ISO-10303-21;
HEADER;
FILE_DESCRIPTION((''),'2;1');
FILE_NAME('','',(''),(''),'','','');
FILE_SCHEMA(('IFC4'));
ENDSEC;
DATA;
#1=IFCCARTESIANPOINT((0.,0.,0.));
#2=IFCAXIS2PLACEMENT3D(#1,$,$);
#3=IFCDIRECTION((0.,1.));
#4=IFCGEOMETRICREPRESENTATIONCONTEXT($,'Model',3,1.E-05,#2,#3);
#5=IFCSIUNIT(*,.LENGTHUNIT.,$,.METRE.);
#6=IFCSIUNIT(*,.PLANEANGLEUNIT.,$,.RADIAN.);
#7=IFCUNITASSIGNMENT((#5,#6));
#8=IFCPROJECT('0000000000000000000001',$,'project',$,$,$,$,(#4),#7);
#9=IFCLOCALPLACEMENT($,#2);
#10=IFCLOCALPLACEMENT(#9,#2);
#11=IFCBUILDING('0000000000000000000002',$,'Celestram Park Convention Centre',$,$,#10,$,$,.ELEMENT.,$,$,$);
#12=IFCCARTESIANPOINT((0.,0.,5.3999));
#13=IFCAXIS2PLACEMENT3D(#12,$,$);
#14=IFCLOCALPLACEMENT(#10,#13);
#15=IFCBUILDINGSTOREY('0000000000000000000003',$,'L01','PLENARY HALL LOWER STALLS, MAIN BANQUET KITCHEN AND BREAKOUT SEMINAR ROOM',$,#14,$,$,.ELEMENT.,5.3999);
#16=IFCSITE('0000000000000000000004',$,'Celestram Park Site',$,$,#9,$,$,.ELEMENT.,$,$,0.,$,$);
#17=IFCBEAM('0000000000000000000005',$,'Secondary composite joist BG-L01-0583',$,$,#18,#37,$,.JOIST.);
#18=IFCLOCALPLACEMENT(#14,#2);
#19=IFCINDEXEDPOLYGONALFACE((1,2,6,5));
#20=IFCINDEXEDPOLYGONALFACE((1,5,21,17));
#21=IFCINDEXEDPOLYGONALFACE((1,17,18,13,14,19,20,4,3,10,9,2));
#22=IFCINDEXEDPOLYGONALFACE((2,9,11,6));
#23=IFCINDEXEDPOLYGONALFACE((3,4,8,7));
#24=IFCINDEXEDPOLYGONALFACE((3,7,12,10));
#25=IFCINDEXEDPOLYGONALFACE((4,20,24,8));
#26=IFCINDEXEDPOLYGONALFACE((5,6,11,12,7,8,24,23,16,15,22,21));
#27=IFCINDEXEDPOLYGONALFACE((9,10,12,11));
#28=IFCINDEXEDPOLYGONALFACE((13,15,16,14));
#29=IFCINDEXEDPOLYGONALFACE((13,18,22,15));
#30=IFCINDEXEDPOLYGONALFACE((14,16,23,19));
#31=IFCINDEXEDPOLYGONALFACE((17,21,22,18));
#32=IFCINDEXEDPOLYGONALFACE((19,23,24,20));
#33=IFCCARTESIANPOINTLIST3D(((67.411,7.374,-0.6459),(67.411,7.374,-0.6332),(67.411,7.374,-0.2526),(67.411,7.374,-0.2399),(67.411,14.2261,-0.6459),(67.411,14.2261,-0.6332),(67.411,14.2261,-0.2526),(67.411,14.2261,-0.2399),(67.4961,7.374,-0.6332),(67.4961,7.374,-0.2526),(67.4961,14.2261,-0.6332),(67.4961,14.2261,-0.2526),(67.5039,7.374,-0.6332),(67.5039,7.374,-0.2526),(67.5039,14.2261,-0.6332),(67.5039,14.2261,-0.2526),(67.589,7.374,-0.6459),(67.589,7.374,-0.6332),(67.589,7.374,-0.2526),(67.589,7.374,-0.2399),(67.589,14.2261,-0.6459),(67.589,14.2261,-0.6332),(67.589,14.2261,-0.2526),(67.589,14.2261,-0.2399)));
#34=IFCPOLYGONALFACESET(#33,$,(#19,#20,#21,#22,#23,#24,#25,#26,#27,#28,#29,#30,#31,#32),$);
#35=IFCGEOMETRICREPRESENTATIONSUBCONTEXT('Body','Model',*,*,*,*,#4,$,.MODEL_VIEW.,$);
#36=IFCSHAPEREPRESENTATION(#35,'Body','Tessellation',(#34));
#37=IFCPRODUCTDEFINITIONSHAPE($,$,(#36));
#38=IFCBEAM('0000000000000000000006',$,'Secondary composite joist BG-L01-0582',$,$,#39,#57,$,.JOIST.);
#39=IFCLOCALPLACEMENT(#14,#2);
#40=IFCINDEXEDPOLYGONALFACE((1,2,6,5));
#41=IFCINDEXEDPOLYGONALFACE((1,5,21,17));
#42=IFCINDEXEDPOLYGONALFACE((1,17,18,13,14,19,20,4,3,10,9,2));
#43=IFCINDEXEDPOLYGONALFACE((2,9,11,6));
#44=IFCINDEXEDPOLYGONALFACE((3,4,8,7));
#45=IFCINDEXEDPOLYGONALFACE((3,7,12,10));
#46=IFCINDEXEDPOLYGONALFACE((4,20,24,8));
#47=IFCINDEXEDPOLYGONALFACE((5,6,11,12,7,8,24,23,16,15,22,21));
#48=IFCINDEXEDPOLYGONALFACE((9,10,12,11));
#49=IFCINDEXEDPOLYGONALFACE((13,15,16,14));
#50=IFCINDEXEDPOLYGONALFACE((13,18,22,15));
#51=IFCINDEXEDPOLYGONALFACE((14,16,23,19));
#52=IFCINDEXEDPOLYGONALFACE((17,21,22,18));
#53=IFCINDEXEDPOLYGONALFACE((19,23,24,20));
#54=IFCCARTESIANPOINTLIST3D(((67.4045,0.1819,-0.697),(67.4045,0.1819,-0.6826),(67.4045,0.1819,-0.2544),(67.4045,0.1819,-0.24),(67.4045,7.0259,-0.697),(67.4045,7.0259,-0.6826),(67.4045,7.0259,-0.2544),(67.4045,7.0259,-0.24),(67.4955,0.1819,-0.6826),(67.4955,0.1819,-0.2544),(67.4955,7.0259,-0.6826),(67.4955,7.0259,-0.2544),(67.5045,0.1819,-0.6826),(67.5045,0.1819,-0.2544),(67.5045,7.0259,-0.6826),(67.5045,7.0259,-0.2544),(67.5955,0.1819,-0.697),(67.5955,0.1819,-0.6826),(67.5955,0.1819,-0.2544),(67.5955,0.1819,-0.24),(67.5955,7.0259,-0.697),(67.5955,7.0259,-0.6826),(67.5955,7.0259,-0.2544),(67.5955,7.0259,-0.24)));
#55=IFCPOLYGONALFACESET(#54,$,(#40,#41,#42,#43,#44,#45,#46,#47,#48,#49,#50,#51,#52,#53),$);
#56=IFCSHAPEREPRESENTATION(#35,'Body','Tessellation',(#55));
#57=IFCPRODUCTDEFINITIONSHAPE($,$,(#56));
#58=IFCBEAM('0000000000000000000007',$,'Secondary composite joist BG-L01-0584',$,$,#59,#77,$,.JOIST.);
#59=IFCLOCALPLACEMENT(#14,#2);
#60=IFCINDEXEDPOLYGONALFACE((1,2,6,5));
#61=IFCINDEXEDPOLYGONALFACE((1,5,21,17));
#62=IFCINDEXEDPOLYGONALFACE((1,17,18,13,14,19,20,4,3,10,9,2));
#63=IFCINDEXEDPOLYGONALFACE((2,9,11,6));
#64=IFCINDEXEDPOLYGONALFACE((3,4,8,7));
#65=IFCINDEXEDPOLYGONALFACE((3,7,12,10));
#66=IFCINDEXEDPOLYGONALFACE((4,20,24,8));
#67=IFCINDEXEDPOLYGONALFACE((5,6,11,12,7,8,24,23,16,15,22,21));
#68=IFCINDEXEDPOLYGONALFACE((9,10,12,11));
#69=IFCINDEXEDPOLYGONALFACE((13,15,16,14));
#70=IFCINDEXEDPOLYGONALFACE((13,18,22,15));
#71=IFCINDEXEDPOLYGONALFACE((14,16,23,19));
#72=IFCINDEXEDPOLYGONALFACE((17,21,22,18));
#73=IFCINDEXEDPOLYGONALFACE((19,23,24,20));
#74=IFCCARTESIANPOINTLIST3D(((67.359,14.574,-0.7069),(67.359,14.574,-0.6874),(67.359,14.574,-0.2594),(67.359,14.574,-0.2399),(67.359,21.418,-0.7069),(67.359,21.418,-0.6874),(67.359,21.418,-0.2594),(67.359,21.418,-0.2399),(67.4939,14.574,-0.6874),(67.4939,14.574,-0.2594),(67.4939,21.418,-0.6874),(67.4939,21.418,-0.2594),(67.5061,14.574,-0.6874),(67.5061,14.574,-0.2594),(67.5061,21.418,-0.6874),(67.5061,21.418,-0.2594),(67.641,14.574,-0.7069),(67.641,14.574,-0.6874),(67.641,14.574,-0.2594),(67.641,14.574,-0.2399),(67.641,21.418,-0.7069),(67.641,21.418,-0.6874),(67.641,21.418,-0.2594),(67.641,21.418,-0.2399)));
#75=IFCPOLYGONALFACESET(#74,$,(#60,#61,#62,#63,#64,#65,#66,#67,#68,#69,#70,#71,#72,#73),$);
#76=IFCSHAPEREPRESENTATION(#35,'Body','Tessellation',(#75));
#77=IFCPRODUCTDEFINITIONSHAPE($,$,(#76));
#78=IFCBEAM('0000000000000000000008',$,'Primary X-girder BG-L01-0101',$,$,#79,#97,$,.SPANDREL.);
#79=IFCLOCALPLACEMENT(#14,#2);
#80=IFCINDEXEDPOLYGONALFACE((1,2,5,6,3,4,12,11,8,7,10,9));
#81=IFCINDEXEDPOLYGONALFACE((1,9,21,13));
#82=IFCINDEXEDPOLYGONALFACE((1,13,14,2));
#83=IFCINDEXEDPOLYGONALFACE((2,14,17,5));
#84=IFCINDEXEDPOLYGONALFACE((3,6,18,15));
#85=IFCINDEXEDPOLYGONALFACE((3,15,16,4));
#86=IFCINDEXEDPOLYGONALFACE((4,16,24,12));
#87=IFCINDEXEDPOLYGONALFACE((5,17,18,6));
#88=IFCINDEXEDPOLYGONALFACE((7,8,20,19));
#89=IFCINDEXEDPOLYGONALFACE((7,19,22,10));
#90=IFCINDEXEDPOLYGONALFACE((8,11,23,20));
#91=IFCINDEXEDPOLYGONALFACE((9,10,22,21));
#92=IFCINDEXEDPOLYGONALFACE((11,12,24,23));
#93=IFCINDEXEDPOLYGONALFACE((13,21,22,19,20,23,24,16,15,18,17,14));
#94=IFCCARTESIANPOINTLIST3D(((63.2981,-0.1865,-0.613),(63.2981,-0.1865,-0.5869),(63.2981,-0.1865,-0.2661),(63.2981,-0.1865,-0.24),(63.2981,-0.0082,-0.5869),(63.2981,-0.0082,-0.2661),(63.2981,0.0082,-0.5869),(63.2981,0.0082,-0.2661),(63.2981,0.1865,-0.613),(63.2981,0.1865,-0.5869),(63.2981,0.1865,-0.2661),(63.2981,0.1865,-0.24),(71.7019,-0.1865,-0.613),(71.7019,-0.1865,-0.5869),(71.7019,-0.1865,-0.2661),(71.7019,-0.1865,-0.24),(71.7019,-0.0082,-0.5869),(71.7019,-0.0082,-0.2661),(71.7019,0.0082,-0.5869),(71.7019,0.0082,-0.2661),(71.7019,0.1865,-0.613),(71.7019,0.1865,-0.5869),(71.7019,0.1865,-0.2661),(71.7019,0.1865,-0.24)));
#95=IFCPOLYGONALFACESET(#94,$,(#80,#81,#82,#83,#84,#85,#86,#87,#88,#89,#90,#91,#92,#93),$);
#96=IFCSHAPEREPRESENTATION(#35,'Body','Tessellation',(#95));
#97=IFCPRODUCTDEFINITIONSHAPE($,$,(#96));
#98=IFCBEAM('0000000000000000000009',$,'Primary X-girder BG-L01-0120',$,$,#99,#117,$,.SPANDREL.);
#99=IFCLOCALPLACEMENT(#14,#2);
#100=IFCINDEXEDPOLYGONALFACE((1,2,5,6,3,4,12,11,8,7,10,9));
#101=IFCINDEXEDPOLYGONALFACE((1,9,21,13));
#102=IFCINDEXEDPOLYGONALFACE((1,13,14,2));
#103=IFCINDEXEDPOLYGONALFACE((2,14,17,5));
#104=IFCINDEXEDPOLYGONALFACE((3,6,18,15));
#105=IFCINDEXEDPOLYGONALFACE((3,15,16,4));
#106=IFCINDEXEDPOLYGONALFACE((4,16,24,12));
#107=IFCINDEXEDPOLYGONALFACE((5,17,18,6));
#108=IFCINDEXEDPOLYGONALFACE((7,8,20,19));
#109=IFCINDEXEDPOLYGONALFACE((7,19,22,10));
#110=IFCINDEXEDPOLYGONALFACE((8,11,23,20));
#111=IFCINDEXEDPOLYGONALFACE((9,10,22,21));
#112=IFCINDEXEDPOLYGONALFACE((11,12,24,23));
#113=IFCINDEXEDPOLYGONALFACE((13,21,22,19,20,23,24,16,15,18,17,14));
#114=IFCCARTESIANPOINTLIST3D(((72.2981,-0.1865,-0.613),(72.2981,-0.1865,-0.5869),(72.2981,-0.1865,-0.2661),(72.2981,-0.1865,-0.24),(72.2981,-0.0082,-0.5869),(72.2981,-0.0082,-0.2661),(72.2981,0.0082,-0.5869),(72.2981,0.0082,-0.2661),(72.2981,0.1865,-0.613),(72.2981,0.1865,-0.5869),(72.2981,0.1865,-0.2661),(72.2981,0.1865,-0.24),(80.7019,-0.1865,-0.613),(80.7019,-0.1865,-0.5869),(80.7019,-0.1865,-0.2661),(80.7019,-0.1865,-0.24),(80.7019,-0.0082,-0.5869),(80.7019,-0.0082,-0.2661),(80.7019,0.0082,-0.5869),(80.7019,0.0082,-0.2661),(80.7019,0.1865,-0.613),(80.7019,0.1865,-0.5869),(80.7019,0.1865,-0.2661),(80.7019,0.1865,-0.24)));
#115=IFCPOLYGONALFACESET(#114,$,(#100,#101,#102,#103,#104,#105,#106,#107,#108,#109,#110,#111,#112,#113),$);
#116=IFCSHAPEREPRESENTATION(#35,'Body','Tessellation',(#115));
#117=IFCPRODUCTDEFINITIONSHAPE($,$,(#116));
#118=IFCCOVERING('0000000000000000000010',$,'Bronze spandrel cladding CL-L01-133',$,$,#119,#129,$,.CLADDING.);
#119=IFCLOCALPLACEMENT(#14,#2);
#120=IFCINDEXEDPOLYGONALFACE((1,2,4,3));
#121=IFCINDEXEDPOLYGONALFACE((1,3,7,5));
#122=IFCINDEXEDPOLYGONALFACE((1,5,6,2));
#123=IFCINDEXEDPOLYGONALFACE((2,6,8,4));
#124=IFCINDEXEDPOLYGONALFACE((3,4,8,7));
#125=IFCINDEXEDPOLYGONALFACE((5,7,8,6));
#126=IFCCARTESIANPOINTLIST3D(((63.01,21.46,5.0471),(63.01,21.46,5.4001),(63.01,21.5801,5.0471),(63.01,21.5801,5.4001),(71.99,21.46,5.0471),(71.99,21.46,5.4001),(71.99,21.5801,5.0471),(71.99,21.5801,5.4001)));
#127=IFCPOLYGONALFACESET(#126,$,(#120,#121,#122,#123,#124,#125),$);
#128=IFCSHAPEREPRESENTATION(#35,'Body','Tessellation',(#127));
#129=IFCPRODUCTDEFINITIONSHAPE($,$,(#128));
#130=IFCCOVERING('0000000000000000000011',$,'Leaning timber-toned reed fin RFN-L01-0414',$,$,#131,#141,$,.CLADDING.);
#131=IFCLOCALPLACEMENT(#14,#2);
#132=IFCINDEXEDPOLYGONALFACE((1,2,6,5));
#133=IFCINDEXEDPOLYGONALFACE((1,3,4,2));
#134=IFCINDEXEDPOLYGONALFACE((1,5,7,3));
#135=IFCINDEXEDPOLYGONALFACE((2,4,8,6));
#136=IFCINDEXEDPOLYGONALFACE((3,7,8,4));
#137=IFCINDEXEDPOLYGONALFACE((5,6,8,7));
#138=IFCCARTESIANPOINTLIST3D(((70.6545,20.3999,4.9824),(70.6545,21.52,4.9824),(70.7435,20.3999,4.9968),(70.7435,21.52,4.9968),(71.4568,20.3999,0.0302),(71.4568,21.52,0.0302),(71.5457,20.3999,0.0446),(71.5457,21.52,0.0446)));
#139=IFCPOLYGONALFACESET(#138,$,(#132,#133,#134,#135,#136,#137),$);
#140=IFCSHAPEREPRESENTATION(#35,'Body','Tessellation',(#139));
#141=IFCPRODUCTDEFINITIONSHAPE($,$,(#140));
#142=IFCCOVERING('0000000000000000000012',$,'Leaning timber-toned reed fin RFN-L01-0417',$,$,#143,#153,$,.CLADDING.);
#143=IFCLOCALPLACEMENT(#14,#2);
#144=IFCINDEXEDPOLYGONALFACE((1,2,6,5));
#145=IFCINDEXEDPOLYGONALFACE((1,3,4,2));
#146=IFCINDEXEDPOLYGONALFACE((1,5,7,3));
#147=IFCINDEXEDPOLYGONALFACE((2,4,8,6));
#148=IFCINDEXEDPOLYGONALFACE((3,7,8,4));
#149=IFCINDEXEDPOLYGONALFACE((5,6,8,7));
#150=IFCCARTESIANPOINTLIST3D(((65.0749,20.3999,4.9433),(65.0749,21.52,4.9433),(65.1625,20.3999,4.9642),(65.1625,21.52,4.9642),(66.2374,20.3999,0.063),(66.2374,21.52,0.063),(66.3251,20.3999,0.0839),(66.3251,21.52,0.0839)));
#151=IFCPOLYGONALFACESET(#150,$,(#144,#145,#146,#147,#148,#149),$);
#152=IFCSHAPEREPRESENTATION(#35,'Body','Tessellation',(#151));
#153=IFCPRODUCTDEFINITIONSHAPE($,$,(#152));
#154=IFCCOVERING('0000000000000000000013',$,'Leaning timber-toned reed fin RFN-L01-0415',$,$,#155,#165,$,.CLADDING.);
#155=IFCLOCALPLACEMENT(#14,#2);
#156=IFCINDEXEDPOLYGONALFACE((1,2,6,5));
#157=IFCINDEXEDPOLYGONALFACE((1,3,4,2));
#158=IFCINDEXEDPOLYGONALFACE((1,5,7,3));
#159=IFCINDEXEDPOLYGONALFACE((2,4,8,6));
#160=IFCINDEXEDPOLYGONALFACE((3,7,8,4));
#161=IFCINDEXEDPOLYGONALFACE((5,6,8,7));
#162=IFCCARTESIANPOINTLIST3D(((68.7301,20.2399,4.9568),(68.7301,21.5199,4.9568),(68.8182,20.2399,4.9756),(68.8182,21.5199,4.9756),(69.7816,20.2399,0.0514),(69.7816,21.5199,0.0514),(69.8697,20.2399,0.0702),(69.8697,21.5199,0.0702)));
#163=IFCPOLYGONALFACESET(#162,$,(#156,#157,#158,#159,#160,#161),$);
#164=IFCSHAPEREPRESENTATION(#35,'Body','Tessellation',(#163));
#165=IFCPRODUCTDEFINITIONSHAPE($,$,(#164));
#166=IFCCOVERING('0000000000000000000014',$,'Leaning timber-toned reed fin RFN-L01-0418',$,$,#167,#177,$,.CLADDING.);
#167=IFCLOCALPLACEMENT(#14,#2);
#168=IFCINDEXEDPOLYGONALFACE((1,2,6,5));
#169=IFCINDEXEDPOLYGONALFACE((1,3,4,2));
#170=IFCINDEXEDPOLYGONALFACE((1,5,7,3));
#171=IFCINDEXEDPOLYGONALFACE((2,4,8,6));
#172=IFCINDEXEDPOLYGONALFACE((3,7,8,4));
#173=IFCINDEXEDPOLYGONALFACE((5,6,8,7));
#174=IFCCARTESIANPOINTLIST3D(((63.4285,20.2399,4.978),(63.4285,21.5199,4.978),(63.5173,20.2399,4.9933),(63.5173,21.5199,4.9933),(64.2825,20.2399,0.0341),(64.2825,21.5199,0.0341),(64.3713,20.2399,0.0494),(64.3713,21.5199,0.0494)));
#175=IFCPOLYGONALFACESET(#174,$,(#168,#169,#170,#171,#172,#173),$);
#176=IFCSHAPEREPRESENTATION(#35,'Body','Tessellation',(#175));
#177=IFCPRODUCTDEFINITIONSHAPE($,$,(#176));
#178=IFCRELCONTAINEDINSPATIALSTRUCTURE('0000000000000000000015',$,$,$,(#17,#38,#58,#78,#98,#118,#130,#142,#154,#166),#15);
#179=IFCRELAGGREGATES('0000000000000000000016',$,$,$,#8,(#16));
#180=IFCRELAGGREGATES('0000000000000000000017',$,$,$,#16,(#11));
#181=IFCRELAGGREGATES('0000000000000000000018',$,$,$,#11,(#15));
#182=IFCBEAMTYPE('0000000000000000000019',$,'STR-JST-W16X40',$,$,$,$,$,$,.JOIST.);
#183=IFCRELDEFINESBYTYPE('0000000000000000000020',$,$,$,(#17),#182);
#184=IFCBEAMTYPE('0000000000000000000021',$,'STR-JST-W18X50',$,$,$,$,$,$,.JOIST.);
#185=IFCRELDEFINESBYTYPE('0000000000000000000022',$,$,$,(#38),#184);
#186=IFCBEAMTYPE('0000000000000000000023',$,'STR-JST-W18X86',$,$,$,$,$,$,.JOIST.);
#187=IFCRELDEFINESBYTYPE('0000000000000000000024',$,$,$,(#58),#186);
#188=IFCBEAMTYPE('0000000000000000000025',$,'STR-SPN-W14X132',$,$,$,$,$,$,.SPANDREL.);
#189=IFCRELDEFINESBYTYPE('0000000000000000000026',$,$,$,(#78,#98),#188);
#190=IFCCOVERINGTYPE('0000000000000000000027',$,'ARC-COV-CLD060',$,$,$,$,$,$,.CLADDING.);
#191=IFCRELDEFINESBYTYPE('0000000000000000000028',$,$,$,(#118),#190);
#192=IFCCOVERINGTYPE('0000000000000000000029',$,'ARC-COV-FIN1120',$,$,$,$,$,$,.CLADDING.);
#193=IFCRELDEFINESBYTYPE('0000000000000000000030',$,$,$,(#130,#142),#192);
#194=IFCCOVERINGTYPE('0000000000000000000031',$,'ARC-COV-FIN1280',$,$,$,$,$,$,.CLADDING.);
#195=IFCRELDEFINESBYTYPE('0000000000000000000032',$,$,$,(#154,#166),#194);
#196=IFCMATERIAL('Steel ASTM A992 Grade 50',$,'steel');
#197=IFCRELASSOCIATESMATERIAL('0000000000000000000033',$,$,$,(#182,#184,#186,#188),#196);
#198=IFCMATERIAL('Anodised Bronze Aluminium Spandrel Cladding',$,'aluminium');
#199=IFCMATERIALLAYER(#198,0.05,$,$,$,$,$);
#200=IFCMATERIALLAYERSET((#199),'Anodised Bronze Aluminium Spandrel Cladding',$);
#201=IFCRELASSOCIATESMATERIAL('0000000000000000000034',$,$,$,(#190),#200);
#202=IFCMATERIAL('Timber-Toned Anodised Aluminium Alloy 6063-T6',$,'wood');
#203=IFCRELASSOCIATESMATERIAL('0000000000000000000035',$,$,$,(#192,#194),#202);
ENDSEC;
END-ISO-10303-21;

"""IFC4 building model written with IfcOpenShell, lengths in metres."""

from ifc_helpers import new_model, si_unit, direction, frame, origin, origin_2d, place, context, subcontext, project, spatial, rectangle, i_section, extrude, material, layer, layer_set, material_profile, profile_set, type_object, element, save


model = new_model("IFC4")

# Units and contexts
model_context = context("Model", 3, precision=1e-05, world=origin(), true_north=direction((0.0, 1.0)))
body_context = subcontext(model_context, "Body", "Model", "MODEL_VIEW")
ifc_project = project(units=[si_unit("LENGTHUNIT", "METRE"), si_unit("PLANEANGLEUNIT", "RADIAN")], contexts=[model_context])

# Site, building, storey
site_placement = place(None, origin())
site = spatial("IfcSite", under=ifc_project, at=site_placement, Name="Celestram Park Site", CompositionType="ELEMENT", RefElevation=0.0)
building_placement = place(site_placement, origin())
building = spatial("IfcBuilding", under=site, at=building_placement, Name="Celestram Park Convention Centre", CompositionType="ELEMENT")
storey_placement = place(building_placement, frame((0.0, 0.0, 5.3999)))
storey = spatial("IfcBuildingStorey", under=building, at=storey_placement, Name="L01", Description="PLENARY HALL LOWER STALLS, MAIN BANQUET KITCHEN AND BREAKOUT SEMINAR ROOM", CompositionType="ELEMENT", Elevation=5.3999)

# Beams
ifc_material_1 = material(Name="Steel ASTM A992 Grade 50", Category="steel")
ifc_material_profile_1 = material_profile(ifc_material_1, i_section(OverallWidth=0.178, OverallDepth=0.406, WebThickness=0.0078, FlangeThickness=0.0127, at=origin_2d()), Name="W16X40")
ifc_profile_set_1 = profile_set([ifc_material_profile_1], Name="Steel ASTM A992 Grade 50")
beam_type_1 = type_object("IfcBeamType", Name="STR-JST-W16X40", PredefinedType="JOIST", material=ifc_profile_set_1)
beam_1_placement = place(storey_placement, frame((67.5, 7.374, -0.4429), z_axis=(0.0, 1.0, 0.0), x_axis=(-1.0, 0.0, 0.0)))
element("IfcBeam", 1, at=beam_1_placement, inside=storey, type_object=beam_type_1, Name="Secondary composite joist BG-L01-0583", PredefinedType="JOIST", context=body_context, shape_type="SweptSolid", body=[
    extrude(i_section(OverallWidth=0.178, OverallDepth=0.406, WebThickness=0.0078, FlangeThickness=0.0127, at=origin_2d()), origin(), (0.0, 0.0, 1.0), 6.8521),
])
ifc_material_profile_2 = material_profile(ifc_material_1, i_section(OverallWidth=0.1909, OverallDepth=0.457, WebThickness=0.009, FlangeThickness=0.0144, at=origin_2d()), Name="W18X50")
ifc_profile_set_2 = profile_set([ifc_material_profile_2], Name="Steel ASTM A992 Grade 50")
beam_type_2 = type_object("IfcBeamType", Name="STR-JST-W18X50", PredefinedType="JOIST", material=ifc_profile_set_2)
beam_2_placement = place(storey_placement, frame((67.5, 0.1819, -0.4685), z_axis=(0.0, 1.0, 0.0), x_axis=(-1.0, 0.0, 0.0)))
element("IfcBeam", 2, at=beam_2_placement, inside=storey, type_object=beam_type_2, Name="Secondary composite joist BG-L01-0582", PredefinedType="JOIST", context=body_context, shape_type="SweptSolid", body=[
    extrude(i_section(OverallWidth=0.1909, OverallDepth=0.457, WebThickness=0.009, FlangeThickness=0.0144, at=origin_2d()), origin(), (0.0, 0.0, 1.0), 6.844),
])
ifc_material_profile_3 = material_profile(ifc_material_1, i_section(OverallWidth=0.282, OverallDepth=0.467, WebThickness=0.0122, FlangeThickness=0.0195, at=origin_2d()), Name="W18X86")
ifc_profile_set_3 = profile_set([ifc_material_profile_3], Name="Steel ASTM A992 Grade 50")
beam_type_3 = type_object("IfcBeamType", Name="STR-JST-W18X86", PredefinedType="JOIST", material=ifc_profile_set_3)
beam_3_placement = place(storey_placement, frame((67.5, 14.574, -0.4734), z_axis=(0.0, 1.0, 0.0), x_axis=(-1.0, 0.0, 0.0)))
element("IfcBeam", 3, at=beam_3_placement, inside=storey, type_object=beam_type_3, Name="Secondary composite joist BG-L01-0584", PredefinedType="JOIST", context=body_context, shape_type="SweptSolid", body=[
    extrude(i_section(OverallWidth=0.282, OverallDepth=0.467, WebThickness=0.0122, FlangeThickness=0.0195, at=origin_2d()), origin(), (0.0, 0.0, 1.0), 6.844),
])
ifc_material_profile_4 = material_profile(ifc_material_1, i_section(OverallWidth=0.373, OverallDepth=0.373, WebThickness=0.0164, FlangeThickness=0.0261, at=origin_2d()), Name="W14X132")
ifc_profile_set_4 = profile_set([ifc_material_profile_4], Name="Steel ASTM A992 Grade 50")
beam_type_4 = type_object("IfcBeamType", Name="STR-SPN-W14X132", PredefinedType="SPANDREL", material=ifc_profile_set_4)
for number, where, z_axis, x_axis, name in (
    (4, (63.2981, 0.0, -0.4265), (1.0, 0.0, 0.0), (0.0, 1.0, 0.0), "Primary X-girder BG-L01-0101"),
    (5, (72.2981, 0.0, -0.4265), (1.0, 0.0, 0.0), (0.0, 1.0, 0.0), "Primary X-girder BG-L01-0120"),
):
    element("IfcBeam", number, at=place(storey_placement, frame(where, z_axis=z_axis, x_axis=x_axis)), inside=storey, type_object=beam_type_4, Name=name, PredefinedType="SPANDREL", context=body_context, shape_type="SweptSolid", body=[
        extrude(i_section(OverallWidth=0.373, OverallDepth=0.373, WebThickness=0.0164, FlangeThickness=0.0261, at=origin_2d()), origin(), (0.0, 0.0, 1.0), 8.4038),
    ])

# Coverings
ifc_material_2 = material(Name="Anodised Bronze Aluminium Spandrel Cladding", Category="aluminium")
ifc_layer = layer(ifc_material_2, 0.05)
ifc_layer_set = layer_set([ifc_layer], Name="Anodised Bronze Aluminium Spandrel Cladding")
covering_type_1 = type_object("IfcCoveringType", Name="ARC-COV-CLD060", PredefinedType="CLADDING", material=ifc_layer_set)
covering_1_placement = place(storey_placement, frame((67.5, 21.52, 5.0471), z_axis=(0.0, 0.0, 1.0), x_axis=(-1.0, 0.0, 0.0)))
element("IfcCovering", 6, at=covering_1_placement, inside=storey, type_object=covering_type_1, Name="Bronze spandrel cladding CL-L01-133", PredefinedType="CLADDING", context=body_context, shape_type="SweptSolid", body=[
    extrude(rectangle(XDim=8.98, YDim=0.1201, at=origin_2d()), origin(), (0.0, 0.0, 1.0), 0.353),
])
ifc_material_3 = material(Name="Timber-Toned Anodised Aluminium Alloy 6063-T6", Category="wood")
ifc_material_profile_5 = material_profile(ifc_material_3, rectangle(XDim=1.1201, YDim=0.0901, at=origin_2d()), Name="REED1120X90")
ifc_profile_set_5 = profile_set([ifc_material_profile_5], Name="Timber-Toned Anodised Aluminium Alloy 6063-T6")
covering_type_2 = type_object("IfcCoveringType", Name="ARC-COV-FIN1120", PredefinedType="CLADDING", material=ifc_profile_set_5)
for number, where, z_axis, x_axis, name in (
    (7, (71.5012, 20.96, 0.0374), (-0.159907, 0.0, 0.987132), (0.0, -1.0, 0.0), "Leaning timber-toned reed fin RFN-L01-0414"),
    (8, (66.2812, 20.96, 0.0735), (-0.231735, 0.0, 0.972779), (0.0, -1.0, 0.0), "Leaning timber-toned reed fin RFN-L01-0417"),
):
    element("IfcCovering", number, at=place(storey_placement, frame(where, z_axis=z_axis, x_axis=x_axis)), inside=storey, type_object=covering_type_2, Name=name, PredefinedType="CLADDING", context=body_context, shape_type="SweptSolid", body=[
        extrude(rectangle(XDim=1.1201, YDim=0.0901, at=origin_2d()), origin(), (0.0, 0.0, 1.0), 5.0168),
    ])
ifc_material_profile_6 = material_profile(ifc_material_3, rectangle(XDim=1.28, YDim=0.0901, at=origin_2d()), Name="REED1280X90")
ifc_profile_set_6 = profile_set([ifc_material_profile_6], Name="Timber-Toned Anodised Aluminium Alloy 6063-T6")
covering_type_3 = type_object("IfcCoveringType", Name="ARC-COV-FIN1280", PredefinedType="CLADDING", material=ifc_profile_set_6)
covering_2_placement = place(storey_placement, frame((69.8257, 20.8799, 0.0608), z_axis=(-0.209592, 0.0, 0.977789), x_axis=(0.0, -1.0, 0.0)))
element("IfcCovering", 9, at=covering_2_placement, inside=storey, type_object=covering_type_3, Name="Leaning timber-toned reed fin RFN-L01-0415", PredefinedType="CLADDING", context=body_context, shape_type="SweptSolid", body=[
    extrude(rectangle(XDim=1.28, YDim=0.0901, at=origin_2d()), origin(), (0.0, 0.0, 1.0), 5.0168),
])
covering_3_placement = place(storey_placement, frame((64.3269, 20.8799, 0.0417), z_axis=(-0.17022, 0.0, 0.985406), x_axis=(0.0, -1.0, 0.0)))
element("IfcCovering", 10, at=covering_3_placement, inside=storey, type_object=covering_type_3, Name="Leaning timber-toned reed fin RFN-L01-0418", PredefinedType="CLADDING", context=body_context, shape_type="SweptSolid", body=[
    extrude(rectangle(XDim=1.28, YDim=0.0901, at=origin_2d()), origin(), (0.0, 0.0, 1.0), 5.0171),
])

save(model, "model.ifc")
